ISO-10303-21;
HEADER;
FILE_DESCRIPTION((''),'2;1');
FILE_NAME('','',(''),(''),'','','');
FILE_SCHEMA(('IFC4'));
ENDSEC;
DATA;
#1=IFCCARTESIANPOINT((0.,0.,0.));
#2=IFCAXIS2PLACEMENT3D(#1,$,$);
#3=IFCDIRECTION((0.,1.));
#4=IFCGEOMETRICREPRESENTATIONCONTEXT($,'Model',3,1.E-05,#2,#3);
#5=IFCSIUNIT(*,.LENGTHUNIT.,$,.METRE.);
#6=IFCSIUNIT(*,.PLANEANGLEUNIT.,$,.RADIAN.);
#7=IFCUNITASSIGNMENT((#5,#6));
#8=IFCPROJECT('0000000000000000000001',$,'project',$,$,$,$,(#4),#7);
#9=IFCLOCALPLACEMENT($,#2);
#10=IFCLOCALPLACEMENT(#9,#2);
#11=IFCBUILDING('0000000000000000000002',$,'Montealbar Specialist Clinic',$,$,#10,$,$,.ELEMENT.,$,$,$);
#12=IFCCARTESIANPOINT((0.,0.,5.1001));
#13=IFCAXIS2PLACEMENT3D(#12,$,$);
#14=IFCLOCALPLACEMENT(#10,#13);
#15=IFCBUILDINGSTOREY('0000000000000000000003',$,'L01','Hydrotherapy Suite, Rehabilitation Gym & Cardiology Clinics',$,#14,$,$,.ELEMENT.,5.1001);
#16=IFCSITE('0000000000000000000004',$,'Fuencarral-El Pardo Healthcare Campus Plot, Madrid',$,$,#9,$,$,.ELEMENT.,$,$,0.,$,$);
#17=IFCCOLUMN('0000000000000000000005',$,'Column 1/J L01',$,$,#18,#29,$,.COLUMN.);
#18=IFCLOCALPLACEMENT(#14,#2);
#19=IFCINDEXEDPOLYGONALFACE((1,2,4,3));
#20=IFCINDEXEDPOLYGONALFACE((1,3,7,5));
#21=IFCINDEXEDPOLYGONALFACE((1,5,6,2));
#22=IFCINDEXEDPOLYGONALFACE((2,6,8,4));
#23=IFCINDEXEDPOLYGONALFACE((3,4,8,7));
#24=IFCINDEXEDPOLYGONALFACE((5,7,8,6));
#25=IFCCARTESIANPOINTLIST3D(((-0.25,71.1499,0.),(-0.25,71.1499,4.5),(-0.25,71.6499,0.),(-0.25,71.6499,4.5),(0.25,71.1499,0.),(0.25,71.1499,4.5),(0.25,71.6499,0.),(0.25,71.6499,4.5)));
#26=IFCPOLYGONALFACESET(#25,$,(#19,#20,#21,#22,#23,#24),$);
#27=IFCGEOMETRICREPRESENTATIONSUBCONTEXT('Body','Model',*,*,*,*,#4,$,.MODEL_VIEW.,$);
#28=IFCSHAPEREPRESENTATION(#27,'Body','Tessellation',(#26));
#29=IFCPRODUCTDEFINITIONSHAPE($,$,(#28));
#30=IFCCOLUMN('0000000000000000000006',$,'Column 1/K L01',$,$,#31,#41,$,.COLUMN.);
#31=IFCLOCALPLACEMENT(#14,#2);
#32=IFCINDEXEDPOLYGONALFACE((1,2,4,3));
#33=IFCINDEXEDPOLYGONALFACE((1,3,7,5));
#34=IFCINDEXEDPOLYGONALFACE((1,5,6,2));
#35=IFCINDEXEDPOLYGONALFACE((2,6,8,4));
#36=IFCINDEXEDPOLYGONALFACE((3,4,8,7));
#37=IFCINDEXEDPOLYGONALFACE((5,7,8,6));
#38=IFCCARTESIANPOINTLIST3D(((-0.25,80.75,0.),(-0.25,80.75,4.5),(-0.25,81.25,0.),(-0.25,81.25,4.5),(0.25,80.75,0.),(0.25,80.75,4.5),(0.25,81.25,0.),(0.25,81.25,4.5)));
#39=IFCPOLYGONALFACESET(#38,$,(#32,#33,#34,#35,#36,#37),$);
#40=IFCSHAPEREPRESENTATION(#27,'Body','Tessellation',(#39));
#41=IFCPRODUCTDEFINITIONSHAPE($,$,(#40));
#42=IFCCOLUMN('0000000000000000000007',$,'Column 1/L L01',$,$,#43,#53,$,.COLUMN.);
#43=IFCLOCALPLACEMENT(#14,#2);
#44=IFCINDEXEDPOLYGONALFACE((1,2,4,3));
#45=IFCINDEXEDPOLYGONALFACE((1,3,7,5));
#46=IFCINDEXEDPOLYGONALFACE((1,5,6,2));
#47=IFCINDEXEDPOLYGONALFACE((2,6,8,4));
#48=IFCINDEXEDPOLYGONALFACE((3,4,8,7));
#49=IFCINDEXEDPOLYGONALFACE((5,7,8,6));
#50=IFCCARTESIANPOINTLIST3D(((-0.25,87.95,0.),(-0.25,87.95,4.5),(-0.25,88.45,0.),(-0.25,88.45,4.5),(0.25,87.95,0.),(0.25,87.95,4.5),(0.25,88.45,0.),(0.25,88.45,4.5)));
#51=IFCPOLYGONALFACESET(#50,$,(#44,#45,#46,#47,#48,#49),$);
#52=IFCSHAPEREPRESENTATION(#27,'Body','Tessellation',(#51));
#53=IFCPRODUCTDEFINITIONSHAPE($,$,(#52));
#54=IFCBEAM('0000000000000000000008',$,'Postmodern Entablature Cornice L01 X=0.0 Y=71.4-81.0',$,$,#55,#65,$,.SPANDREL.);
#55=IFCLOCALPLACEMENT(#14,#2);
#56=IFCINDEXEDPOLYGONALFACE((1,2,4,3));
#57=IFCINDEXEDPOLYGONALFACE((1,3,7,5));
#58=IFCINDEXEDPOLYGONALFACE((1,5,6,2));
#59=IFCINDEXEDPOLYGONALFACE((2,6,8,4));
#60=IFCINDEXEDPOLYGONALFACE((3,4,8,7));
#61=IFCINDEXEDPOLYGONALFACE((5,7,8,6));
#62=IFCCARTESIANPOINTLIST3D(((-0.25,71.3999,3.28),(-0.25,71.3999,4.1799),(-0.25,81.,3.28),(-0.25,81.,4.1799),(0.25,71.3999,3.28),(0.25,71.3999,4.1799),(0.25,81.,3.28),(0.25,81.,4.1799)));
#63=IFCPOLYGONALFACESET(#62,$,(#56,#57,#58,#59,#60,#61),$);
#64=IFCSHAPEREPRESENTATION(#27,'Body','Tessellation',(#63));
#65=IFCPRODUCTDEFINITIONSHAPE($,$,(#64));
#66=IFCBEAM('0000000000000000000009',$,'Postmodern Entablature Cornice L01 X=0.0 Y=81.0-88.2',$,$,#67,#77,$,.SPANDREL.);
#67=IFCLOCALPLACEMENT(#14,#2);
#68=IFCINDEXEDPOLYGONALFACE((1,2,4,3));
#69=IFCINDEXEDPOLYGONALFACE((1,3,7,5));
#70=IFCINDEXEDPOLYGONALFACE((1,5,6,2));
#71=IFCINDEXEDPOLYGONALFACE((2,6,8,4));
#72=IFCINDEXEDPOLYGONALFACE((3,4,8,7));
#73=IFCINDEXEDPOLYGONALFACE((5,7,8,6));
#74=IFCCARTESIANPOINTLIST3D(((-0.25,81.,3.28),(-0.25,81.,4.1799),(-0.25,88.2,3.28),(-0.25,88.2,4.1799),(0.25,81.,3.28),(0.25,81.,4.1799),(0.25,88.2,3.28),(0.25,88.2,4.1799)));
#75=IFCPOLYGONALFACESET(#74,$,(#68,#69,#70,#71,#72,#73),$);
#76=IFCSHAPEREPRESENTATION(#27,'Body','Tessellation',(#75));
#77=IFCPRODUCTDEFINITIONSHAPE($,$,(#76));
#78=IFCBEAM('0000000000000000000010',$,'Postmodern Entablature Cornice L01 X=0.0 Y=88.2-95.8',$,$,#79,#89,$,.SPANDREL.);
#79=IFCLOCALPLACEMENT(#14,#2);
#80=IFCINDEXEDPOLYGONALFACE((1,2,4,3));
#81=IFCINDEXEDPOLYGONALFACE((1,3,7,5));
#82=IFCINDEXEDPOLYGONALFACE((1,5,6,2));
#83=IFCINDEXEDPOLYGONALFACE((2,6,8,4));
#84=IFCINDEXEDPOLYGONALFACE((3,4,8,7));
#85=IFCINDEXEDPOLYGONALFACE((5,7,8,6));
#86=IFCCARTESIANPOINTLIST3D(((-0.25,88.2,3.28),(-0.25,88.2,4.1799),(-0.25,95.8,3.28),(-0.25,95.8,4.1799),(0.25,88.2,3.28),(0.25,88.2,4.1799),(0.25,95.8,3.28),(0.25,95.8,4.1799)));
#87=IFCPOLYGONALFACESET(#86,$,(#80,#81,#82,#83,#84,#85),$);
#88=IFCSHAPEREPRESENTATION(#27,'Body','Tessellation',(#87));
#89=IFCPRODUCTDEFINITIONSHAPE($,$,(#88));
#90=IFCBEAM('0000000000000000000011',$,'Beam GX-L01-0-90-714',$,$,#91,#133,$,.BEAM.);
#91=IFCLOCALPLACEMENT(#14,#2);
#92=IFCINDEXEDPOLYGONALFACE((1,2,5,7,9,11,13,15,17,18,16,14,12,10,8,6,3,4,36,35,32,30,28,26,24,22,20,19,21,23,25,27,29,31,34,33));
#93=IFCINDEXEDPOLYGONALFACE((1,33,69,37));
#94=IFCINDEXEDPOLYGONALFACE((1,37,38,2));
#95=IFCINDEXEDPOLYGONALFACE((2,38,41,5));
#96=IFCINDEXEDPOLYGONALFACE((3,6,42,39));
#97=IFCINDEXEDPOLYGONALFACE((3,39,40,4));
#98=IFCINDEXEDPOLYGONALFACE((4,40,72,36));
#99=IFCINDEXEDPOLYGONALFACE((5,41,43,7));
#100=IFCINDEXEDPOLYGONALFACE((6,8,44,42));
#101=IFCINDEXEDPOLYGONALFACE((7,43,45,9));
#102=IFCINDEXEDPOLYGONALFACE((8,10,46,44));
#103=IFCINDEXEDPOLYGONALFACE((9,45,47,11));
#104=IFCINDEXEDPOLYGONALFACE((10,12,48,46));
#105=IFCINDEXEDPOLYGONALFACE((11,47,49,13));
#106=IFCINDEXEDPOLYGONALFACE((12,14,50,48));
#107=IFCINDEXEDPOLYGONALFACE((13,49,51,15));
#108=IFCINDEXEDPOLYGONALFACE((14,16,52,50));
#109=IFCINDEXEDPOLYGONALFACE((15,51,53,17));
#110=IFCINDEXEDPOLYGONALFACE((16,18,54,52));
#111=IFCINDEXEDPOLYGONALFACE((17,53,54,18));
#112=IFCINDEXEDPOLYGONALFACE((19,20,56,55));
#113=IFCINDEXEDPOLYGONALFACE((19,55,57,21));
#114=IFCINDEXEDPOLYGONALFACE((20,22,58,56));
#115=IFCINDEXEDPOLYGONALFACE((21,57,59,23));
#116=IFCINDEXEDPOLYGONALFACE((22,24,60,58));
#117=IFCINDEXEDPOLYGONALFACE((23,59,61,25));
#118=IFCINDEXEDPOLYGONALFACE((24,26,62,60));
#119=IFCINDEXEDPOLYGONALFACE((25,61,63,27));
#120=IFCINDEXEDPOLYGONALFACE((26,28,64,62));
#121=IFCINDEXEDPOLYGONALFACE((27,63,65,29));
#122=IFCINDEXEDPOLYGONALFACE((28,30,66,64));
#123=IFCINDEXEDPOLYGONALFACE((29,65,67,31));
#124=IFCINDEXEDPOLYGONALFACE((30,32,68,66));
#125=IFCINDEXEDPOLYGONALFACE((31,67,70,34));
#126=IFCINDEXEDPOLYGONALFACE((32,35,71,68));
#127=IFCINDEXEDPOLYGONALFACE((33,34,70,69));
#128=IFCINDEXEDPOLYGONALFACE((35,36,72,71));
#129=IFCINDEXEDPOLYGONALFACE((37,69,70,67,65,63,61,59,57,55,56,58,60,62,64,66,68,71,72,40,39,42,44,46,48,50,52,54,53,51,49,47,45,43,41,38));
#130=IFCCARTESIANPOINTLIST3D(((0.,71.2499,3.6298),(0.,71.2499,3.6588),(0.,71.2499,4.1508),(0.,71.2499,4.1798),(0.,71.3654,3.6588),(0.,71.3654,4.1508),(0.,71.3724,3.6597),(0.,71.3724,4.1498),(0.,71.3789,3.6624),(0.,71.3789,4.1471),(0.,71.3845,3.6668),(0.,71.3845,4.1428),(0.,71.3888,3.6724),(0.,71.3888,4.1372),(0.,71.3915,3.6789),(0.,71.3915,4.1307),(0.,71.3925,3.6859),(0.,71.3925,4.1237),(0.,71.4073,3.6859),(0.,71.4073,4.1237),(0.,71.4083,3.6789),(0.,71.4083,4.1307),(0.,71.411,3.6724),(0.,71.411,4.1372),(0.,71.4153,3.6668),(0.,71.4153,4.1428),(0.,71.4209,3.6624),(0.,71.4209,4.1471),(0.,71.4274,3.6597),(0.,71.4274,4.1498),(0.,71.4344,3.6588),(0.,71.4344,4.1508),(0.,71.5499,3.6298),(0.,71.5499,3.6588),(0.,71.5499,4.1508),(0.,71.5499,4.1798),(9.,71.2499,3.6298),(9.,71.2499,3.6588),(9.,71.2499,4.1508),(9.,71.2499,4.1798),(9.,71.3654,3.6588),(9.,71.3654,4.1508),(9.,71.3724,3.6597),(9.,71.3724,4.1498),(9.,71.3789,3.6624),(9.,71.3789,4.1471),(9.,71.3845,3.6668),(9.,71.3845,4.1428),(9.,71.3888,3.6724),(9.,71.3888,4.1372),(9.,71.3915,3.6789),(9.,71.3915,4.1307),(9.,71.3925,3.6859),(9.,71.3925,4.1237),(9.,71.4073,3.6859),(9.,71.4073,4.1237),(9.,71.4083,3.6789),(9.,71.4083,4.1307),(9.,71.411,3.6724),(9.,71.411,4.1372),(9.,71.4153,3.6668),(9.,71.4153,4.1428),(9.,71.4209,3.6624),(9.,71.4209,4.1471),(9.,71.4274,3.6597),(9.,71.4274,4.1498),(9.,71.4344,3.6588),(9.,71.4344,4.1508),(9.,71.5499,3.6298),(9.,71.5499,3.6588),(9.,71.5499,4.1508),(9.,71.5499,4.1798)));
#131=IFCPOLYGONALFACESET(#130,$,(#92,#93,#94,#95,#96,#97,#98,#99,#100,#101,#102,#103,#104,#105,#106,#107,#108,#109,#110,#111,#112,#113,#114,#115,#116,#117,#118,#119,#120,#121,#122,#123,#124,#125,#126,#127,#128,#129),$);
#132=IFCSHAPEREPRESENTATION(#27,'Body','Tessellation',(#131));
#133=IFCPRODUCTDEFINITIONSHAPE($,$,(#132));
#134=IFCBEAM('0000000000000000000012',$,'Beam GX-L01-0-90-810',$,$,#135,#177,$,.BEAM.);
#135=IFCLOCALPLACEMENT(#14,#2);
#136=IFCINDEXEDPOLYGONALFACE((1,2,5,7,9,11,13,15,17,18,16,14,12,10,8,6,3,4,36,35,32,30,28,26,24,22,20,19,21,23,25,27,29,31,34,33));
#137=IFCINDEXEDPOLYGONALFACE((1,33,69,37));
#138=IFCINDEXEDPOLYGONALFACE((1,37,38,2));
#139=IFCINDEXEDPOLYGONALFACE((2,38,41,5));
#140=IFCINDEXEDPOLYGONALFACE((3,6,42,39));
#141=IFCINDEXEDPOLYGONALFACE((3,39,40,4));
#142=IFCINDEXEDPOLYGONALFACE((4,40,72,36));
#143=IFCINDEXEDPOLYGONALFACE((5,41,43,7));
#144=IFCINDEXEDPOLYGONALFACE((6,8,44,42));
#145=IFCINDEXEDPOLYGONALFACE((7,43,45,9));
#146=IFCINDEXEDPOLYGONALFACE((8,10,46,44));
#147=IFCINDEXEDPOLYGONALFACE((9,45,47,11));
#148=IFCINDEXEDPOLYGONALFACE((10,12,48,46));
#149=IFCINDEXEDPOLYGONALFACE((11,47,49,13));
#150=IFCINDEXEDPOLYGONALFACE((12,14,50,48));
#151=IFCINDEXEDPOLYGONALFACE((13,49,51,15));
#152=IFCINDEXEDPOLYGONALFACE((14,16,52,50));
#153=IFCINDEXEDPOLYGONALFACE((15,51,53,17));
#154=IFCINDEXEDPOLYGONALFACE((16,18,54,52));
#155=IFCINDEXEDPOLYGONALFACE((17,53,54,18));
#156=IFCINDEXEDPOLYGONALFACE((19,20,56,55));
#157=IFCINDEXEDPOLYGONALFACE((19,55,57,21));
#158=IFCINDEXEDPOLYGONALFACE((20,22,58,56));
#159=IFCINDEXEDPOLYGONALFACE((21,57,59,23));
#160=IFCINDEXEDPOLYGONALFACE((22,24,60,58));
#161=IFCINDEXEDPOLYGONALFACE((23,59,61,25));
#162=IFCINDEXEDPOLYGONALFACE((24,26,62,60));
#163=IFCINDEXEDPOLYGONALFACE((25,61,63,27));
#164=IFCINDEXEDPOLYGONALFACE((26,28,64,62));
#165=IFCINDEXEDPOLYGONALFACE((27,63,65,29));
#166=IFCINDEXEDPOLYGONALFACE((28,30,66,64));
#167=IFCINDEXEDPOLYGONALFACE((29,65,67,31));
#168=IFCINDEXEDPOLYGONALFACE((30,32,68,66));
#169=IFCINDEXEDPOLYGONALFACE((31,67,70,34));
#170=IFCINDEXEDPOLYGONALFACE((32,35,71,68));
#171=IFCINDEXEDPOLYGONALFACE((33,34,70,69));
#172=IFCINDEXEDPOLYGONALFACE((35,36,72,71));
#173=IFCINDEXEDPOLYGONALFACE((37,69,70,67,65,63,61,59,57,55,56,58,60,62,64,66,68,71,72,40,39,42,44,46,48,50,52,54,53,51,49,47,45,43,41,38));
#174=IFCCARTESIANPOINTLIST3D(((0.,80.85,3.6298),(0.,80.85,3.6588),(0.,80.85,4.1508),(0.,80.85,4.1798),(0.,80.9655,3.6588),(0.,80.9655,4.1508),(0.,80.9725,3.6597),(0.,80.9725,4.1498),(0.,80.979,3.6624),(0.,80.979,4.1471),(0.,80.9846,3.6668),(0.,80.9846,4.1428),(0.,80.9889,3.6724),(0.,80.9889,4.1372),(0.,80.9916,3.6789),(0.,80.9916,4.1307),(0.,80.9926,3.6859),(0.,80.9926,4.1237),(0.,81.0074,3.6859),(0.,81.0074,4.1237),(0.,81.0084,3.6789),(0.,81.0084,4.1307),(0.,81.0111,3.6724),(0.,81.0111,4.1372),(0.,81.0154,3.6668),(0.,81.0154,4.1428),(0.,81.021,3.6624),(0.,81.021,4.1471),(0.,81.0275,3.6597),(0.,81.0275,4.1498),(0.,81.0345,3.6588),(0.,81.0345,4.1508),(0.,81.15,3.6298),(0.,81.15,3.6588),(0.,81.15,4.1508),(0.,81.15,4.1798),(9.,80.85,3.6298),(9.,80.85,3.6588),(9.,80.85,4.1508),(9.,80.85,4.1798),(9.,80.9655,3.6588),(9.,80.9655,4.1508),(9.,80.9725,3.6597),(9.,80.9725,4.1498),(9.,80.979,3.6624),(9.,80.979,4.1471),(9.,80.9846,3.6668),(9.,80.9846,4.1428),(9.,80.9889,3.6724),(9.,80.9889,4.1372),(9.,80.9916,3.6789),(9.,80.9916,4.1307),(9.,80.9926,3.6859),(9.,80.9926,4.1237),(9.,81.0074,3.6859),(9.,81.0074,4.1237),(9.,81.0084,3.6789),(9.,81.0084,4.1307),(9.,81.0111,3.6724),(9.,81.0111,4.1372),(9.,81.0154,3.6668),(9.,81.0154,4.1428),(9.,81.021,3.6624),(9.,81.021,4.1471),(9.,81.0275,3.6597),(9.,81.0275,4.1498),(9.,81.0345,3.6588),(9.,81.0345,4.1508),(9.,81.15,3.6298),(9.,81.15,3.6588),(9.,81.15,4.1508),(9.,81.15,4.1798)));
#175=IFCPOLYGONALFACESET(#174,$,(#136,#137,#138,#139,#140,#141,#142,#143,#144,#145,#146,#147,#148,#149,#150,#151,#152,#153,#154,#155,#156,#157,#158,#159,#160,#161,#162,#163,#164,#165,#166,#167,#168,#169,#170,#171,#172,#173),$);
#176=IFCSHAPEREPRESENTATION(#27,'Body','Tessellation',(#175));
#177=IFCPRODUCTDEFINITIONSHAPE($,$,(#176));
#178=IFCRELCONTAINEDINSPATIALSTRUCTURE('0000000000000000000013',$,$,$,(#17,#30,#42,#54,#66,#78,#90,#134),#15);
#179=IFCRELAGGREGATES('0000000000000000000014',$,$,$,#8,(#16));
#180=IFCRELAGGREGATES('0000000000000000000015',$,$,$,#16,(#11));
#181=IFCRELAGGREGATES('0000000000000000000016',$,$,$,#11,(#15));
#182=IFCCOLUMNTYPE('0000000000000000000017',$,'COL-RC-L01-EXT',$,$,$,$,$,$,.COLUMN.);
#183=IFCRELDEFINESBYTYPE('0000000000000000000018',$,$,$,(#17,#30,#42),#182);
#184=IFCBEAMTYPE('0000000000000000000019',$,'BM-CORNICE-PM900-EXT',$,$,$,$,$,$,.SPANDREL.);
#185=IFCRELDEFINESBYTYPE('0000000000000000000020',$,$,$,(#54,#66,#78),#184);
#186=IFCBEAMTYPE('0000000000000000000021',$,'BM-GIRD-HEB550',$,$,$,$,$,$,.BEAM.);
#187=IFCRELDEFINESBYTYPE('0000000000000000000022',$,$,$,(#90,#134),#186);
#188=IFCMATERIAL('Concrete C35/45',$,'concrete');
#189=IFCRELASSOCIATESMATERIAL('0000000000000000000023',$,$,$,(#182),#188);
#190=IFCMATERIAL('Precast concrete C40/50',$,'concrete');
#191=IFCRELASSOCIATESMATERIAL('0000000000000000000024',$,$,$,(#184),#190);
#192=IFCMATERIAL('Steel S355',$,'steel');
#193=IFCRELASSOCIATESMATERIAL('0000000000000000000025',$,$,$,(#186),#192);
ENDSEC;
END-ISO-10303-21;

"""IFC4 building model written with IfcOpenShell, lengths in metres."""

from ifc_helpers import new_model, si_unit, direction, frame, origin, origin_2d, place, context, subcontext, project, spatial, rectangle, i_section, extrude, material, material_profile, profile_set, type_object, element, save


model = new_model("IFC4")

# Units and contexts
model_context = context("Model", 3, precision=1e-05, world=origin(), true_north=direction((0.0, 1.0)))
body_context = subcontext(model_context, "Body", "Model", "MODEL_VIEW")
ifc_project = project(units=[si_unit("LENGTHUNIT", "METRE"), si_unit("PLANEANGLEUNIT", "RADIAN")], contexts=[model_context])

# Site, building, storey
site_placement = place(None, origin())
site = spatial("IfcSite", under=ifc_project, at=site_placement, Name="Fuencarral-El Pardo Healthcare Campus Plot, Madrid", CompositionType="ELEMENT", RefElevation=0.0)
building_placement = place(site_placement, origin())
building = spatial("IfcBuilding", under=site, at=building_placement, Name="Montealbar Specialist Clinic", CompositionType="ELEMENT")
storey_placement = place(building_placement, frame((0.0, 0.0, 5.1001)))
storey = spatial("IfcBuildingStorey", under=building, at=storey_placement, Name="L01", Description="Hydrotherapy Suite, Rehabilitation Gym & Cardiology Clinics", CompositionType="ELEMENT", Elevation=5.1001)

# Columns
ifc_material_1 = material(Name="Concrete C35/45", Category="concrete")
ifc_material_profile_1 = material_profile(ifc_material_1, rectangle(XDim=0.5, YDim=0.5, at=origin_2d()), Name="RC 500x500", Category="concrete")
ifc_profile_set_1 = profile_set([ifc_material_profile_1], Name="Concrete C35/45")
column_type = type_object("IfcColumnType", Name="COL-RC-L01-EXT", PredefinedType="COLUMN", material=ifc_profile_set_1)
for number, where, z_axis, x_axis, name in (
    (1, (0.0, 71.3999, 0.0), (0.0, 0.0, 1.0), (1.0, 0.0, 0.0), "Column 1/J L01"),
    (2, (0.0, 81.0, 0.0), (0.0, 0.0, 1.0), (1.0, 0.0, 0.0), "Column 1/K L01"),
    (3, (0.0, 88.2, 0.0), (0.0, 0.0, 1.0), (1.0, 0.0, 0.0), "Column 1/L L01"),
):
    element("IfcColumn", number, at=place(storey_placement, frame(where, z_axis=z_axis, x_axis=x_axis)), inside=storey, type_object=column_type, Name=name, PredefinedType="COLUMN", context=body_context, shape_type="SweptSolid", body=[
        extrude(rectangle(XDim=0.5, YDim=0.5, at=origin_2d()), origin(), (0.0, 0.0, 1.0), 4.5),
    ])

# Beams
ifc_material_2 = material(Name="Precast concrete C40/50", Category="concrete")
ifc_material_profile_2 = material_profile(ifc_material_2, rectangle(XDim=0.5, YDim=0.8999, at=origin_2d()), Name="PRECAST CORNICE 500x900", Category="concrete")
ifc_profile_set_2 = profile_set([ifc_material_profile_2], Name="Precast concrete C40/50")
beam_type_1 = type_object("IfcBeamType", Name="BM-CORNICE-PM900-EXT", PredefinedType="SPANDREL", material=ifc_profile_set_2)
beam_1_placement = place(storey_placement, frame((0.0, 71.3999, 3.73), z_axis=(0.0, 1.0, 0.0), x_axis=(-1.0, 0.0, 0.0)))
element("IfcBeam", 4, at=beam_1_placement, inside=storey, type_object=beam_type_1, Name="Postmodern Entablature Cornice L01 X=0.0 Y=71.4-81.0", PredefinedType="SPANDREL", context=body_context, shape_type="SweptSolid", body=[
    extrude(rectangle(XDim=0.5, YDim=0.8999, at=origin_2d()), origin(), (0.0, 0.0, 1.0), 9.6001),
])
beam_2_placement = place(storey_placement, frame((0.0, 81.0, 3.73), z_axis=(0.0, 1.0, 0.0), x_axis=(-1.0, 0.0, 0.0)))
element("IfcBeam", 5, at=beam_2_placement, inside=storey, type_object=beam_type_1, Name="Postmodern Entablature Cornice L01 X=0.0 Y=81.0-88.2", PredefinedType="SPANDREL", context=body_context, shape_type="SweptSolid", body=[
    extrude(rectangle(XDim=0.5, YDim=0.8999, at=origin_2d()), origin(), (0.0, 0.0, 1.0), 7.2),
])
beam_3_placement = place(storey_placement, frame((0.0, 88.2, 3.73), z_axis=(0.0, 1.0, 0.0), x_axis=(-1.0, 0.0, 0.0)))
element("IfcBeam", 6, at=beam_3_placement, inside=storey, type_object=beam_type_1, Name="Postmodern Entablature Cornice L01 X=0.0 Y=88.2-95.8", PredefinedType="SPANDREL", context=body_context, shape_type="SweptSolid", body=[
    extrude(rectangle(XDim=0.5, YDim=0.8999, at=origin_2d()), origin(), (0.0, 0.0, 1.0), 7.6001),
])
ifc_material_3 = material(Name="Steel S355", Category="steel")
ifc_material_profile_3 = material_profile(ifc_material_3, i_section(OverallWidth=0.3, OverallDepth=0.55, WebThickness=0.0149, FlangeThickness=0.0291, FilletRadius=0.0271, at=origin_2d()), Name="HEB 550", Category="steel")
ifc_profile_set_3 = profile_set([ifc_material_profile_3], Name="Steel S355")
beam_type_2 = type_object("IfcBeamType", Name="BM-GIRD-HEB550", PredefinedType="BEAM", material=ifc_profile_set_3)
for number, where, z_axis, x_axis, name in (
    (7, (0.0, 71.3999, 3.9048), (1.0, 0.0, 0.0), (0.0, 1.0, 0.0), "Beam GX-L01-0-90-714"),
    (8, (0.0, 81.0, 3.9048), (1.0, 0.0, 0.0), (0.0, 1.0, 0.0), "Beam GX-L01-0-90-810"),
):
    element("IfcBeam", number, at=place(storey_placement, frame(where, z_axis=z_axis, x_axis=x_axis)), inside=storey, type_object=beam_type_2, Name=name, PredefinedType="BEAM", context=body_context, shape_type="SweptSolid", body=[
        extrude(i_section(OverallWidth=0.3, OverallDepth=0.55, WebThickness=0.0149, FlangeThickness=0.0291, FilletRadius=0.0271, at=origin_2d()), origin(), (0.0, 0.0, 1.0), 9.0),
    ])

save(model, "model.ifc")
